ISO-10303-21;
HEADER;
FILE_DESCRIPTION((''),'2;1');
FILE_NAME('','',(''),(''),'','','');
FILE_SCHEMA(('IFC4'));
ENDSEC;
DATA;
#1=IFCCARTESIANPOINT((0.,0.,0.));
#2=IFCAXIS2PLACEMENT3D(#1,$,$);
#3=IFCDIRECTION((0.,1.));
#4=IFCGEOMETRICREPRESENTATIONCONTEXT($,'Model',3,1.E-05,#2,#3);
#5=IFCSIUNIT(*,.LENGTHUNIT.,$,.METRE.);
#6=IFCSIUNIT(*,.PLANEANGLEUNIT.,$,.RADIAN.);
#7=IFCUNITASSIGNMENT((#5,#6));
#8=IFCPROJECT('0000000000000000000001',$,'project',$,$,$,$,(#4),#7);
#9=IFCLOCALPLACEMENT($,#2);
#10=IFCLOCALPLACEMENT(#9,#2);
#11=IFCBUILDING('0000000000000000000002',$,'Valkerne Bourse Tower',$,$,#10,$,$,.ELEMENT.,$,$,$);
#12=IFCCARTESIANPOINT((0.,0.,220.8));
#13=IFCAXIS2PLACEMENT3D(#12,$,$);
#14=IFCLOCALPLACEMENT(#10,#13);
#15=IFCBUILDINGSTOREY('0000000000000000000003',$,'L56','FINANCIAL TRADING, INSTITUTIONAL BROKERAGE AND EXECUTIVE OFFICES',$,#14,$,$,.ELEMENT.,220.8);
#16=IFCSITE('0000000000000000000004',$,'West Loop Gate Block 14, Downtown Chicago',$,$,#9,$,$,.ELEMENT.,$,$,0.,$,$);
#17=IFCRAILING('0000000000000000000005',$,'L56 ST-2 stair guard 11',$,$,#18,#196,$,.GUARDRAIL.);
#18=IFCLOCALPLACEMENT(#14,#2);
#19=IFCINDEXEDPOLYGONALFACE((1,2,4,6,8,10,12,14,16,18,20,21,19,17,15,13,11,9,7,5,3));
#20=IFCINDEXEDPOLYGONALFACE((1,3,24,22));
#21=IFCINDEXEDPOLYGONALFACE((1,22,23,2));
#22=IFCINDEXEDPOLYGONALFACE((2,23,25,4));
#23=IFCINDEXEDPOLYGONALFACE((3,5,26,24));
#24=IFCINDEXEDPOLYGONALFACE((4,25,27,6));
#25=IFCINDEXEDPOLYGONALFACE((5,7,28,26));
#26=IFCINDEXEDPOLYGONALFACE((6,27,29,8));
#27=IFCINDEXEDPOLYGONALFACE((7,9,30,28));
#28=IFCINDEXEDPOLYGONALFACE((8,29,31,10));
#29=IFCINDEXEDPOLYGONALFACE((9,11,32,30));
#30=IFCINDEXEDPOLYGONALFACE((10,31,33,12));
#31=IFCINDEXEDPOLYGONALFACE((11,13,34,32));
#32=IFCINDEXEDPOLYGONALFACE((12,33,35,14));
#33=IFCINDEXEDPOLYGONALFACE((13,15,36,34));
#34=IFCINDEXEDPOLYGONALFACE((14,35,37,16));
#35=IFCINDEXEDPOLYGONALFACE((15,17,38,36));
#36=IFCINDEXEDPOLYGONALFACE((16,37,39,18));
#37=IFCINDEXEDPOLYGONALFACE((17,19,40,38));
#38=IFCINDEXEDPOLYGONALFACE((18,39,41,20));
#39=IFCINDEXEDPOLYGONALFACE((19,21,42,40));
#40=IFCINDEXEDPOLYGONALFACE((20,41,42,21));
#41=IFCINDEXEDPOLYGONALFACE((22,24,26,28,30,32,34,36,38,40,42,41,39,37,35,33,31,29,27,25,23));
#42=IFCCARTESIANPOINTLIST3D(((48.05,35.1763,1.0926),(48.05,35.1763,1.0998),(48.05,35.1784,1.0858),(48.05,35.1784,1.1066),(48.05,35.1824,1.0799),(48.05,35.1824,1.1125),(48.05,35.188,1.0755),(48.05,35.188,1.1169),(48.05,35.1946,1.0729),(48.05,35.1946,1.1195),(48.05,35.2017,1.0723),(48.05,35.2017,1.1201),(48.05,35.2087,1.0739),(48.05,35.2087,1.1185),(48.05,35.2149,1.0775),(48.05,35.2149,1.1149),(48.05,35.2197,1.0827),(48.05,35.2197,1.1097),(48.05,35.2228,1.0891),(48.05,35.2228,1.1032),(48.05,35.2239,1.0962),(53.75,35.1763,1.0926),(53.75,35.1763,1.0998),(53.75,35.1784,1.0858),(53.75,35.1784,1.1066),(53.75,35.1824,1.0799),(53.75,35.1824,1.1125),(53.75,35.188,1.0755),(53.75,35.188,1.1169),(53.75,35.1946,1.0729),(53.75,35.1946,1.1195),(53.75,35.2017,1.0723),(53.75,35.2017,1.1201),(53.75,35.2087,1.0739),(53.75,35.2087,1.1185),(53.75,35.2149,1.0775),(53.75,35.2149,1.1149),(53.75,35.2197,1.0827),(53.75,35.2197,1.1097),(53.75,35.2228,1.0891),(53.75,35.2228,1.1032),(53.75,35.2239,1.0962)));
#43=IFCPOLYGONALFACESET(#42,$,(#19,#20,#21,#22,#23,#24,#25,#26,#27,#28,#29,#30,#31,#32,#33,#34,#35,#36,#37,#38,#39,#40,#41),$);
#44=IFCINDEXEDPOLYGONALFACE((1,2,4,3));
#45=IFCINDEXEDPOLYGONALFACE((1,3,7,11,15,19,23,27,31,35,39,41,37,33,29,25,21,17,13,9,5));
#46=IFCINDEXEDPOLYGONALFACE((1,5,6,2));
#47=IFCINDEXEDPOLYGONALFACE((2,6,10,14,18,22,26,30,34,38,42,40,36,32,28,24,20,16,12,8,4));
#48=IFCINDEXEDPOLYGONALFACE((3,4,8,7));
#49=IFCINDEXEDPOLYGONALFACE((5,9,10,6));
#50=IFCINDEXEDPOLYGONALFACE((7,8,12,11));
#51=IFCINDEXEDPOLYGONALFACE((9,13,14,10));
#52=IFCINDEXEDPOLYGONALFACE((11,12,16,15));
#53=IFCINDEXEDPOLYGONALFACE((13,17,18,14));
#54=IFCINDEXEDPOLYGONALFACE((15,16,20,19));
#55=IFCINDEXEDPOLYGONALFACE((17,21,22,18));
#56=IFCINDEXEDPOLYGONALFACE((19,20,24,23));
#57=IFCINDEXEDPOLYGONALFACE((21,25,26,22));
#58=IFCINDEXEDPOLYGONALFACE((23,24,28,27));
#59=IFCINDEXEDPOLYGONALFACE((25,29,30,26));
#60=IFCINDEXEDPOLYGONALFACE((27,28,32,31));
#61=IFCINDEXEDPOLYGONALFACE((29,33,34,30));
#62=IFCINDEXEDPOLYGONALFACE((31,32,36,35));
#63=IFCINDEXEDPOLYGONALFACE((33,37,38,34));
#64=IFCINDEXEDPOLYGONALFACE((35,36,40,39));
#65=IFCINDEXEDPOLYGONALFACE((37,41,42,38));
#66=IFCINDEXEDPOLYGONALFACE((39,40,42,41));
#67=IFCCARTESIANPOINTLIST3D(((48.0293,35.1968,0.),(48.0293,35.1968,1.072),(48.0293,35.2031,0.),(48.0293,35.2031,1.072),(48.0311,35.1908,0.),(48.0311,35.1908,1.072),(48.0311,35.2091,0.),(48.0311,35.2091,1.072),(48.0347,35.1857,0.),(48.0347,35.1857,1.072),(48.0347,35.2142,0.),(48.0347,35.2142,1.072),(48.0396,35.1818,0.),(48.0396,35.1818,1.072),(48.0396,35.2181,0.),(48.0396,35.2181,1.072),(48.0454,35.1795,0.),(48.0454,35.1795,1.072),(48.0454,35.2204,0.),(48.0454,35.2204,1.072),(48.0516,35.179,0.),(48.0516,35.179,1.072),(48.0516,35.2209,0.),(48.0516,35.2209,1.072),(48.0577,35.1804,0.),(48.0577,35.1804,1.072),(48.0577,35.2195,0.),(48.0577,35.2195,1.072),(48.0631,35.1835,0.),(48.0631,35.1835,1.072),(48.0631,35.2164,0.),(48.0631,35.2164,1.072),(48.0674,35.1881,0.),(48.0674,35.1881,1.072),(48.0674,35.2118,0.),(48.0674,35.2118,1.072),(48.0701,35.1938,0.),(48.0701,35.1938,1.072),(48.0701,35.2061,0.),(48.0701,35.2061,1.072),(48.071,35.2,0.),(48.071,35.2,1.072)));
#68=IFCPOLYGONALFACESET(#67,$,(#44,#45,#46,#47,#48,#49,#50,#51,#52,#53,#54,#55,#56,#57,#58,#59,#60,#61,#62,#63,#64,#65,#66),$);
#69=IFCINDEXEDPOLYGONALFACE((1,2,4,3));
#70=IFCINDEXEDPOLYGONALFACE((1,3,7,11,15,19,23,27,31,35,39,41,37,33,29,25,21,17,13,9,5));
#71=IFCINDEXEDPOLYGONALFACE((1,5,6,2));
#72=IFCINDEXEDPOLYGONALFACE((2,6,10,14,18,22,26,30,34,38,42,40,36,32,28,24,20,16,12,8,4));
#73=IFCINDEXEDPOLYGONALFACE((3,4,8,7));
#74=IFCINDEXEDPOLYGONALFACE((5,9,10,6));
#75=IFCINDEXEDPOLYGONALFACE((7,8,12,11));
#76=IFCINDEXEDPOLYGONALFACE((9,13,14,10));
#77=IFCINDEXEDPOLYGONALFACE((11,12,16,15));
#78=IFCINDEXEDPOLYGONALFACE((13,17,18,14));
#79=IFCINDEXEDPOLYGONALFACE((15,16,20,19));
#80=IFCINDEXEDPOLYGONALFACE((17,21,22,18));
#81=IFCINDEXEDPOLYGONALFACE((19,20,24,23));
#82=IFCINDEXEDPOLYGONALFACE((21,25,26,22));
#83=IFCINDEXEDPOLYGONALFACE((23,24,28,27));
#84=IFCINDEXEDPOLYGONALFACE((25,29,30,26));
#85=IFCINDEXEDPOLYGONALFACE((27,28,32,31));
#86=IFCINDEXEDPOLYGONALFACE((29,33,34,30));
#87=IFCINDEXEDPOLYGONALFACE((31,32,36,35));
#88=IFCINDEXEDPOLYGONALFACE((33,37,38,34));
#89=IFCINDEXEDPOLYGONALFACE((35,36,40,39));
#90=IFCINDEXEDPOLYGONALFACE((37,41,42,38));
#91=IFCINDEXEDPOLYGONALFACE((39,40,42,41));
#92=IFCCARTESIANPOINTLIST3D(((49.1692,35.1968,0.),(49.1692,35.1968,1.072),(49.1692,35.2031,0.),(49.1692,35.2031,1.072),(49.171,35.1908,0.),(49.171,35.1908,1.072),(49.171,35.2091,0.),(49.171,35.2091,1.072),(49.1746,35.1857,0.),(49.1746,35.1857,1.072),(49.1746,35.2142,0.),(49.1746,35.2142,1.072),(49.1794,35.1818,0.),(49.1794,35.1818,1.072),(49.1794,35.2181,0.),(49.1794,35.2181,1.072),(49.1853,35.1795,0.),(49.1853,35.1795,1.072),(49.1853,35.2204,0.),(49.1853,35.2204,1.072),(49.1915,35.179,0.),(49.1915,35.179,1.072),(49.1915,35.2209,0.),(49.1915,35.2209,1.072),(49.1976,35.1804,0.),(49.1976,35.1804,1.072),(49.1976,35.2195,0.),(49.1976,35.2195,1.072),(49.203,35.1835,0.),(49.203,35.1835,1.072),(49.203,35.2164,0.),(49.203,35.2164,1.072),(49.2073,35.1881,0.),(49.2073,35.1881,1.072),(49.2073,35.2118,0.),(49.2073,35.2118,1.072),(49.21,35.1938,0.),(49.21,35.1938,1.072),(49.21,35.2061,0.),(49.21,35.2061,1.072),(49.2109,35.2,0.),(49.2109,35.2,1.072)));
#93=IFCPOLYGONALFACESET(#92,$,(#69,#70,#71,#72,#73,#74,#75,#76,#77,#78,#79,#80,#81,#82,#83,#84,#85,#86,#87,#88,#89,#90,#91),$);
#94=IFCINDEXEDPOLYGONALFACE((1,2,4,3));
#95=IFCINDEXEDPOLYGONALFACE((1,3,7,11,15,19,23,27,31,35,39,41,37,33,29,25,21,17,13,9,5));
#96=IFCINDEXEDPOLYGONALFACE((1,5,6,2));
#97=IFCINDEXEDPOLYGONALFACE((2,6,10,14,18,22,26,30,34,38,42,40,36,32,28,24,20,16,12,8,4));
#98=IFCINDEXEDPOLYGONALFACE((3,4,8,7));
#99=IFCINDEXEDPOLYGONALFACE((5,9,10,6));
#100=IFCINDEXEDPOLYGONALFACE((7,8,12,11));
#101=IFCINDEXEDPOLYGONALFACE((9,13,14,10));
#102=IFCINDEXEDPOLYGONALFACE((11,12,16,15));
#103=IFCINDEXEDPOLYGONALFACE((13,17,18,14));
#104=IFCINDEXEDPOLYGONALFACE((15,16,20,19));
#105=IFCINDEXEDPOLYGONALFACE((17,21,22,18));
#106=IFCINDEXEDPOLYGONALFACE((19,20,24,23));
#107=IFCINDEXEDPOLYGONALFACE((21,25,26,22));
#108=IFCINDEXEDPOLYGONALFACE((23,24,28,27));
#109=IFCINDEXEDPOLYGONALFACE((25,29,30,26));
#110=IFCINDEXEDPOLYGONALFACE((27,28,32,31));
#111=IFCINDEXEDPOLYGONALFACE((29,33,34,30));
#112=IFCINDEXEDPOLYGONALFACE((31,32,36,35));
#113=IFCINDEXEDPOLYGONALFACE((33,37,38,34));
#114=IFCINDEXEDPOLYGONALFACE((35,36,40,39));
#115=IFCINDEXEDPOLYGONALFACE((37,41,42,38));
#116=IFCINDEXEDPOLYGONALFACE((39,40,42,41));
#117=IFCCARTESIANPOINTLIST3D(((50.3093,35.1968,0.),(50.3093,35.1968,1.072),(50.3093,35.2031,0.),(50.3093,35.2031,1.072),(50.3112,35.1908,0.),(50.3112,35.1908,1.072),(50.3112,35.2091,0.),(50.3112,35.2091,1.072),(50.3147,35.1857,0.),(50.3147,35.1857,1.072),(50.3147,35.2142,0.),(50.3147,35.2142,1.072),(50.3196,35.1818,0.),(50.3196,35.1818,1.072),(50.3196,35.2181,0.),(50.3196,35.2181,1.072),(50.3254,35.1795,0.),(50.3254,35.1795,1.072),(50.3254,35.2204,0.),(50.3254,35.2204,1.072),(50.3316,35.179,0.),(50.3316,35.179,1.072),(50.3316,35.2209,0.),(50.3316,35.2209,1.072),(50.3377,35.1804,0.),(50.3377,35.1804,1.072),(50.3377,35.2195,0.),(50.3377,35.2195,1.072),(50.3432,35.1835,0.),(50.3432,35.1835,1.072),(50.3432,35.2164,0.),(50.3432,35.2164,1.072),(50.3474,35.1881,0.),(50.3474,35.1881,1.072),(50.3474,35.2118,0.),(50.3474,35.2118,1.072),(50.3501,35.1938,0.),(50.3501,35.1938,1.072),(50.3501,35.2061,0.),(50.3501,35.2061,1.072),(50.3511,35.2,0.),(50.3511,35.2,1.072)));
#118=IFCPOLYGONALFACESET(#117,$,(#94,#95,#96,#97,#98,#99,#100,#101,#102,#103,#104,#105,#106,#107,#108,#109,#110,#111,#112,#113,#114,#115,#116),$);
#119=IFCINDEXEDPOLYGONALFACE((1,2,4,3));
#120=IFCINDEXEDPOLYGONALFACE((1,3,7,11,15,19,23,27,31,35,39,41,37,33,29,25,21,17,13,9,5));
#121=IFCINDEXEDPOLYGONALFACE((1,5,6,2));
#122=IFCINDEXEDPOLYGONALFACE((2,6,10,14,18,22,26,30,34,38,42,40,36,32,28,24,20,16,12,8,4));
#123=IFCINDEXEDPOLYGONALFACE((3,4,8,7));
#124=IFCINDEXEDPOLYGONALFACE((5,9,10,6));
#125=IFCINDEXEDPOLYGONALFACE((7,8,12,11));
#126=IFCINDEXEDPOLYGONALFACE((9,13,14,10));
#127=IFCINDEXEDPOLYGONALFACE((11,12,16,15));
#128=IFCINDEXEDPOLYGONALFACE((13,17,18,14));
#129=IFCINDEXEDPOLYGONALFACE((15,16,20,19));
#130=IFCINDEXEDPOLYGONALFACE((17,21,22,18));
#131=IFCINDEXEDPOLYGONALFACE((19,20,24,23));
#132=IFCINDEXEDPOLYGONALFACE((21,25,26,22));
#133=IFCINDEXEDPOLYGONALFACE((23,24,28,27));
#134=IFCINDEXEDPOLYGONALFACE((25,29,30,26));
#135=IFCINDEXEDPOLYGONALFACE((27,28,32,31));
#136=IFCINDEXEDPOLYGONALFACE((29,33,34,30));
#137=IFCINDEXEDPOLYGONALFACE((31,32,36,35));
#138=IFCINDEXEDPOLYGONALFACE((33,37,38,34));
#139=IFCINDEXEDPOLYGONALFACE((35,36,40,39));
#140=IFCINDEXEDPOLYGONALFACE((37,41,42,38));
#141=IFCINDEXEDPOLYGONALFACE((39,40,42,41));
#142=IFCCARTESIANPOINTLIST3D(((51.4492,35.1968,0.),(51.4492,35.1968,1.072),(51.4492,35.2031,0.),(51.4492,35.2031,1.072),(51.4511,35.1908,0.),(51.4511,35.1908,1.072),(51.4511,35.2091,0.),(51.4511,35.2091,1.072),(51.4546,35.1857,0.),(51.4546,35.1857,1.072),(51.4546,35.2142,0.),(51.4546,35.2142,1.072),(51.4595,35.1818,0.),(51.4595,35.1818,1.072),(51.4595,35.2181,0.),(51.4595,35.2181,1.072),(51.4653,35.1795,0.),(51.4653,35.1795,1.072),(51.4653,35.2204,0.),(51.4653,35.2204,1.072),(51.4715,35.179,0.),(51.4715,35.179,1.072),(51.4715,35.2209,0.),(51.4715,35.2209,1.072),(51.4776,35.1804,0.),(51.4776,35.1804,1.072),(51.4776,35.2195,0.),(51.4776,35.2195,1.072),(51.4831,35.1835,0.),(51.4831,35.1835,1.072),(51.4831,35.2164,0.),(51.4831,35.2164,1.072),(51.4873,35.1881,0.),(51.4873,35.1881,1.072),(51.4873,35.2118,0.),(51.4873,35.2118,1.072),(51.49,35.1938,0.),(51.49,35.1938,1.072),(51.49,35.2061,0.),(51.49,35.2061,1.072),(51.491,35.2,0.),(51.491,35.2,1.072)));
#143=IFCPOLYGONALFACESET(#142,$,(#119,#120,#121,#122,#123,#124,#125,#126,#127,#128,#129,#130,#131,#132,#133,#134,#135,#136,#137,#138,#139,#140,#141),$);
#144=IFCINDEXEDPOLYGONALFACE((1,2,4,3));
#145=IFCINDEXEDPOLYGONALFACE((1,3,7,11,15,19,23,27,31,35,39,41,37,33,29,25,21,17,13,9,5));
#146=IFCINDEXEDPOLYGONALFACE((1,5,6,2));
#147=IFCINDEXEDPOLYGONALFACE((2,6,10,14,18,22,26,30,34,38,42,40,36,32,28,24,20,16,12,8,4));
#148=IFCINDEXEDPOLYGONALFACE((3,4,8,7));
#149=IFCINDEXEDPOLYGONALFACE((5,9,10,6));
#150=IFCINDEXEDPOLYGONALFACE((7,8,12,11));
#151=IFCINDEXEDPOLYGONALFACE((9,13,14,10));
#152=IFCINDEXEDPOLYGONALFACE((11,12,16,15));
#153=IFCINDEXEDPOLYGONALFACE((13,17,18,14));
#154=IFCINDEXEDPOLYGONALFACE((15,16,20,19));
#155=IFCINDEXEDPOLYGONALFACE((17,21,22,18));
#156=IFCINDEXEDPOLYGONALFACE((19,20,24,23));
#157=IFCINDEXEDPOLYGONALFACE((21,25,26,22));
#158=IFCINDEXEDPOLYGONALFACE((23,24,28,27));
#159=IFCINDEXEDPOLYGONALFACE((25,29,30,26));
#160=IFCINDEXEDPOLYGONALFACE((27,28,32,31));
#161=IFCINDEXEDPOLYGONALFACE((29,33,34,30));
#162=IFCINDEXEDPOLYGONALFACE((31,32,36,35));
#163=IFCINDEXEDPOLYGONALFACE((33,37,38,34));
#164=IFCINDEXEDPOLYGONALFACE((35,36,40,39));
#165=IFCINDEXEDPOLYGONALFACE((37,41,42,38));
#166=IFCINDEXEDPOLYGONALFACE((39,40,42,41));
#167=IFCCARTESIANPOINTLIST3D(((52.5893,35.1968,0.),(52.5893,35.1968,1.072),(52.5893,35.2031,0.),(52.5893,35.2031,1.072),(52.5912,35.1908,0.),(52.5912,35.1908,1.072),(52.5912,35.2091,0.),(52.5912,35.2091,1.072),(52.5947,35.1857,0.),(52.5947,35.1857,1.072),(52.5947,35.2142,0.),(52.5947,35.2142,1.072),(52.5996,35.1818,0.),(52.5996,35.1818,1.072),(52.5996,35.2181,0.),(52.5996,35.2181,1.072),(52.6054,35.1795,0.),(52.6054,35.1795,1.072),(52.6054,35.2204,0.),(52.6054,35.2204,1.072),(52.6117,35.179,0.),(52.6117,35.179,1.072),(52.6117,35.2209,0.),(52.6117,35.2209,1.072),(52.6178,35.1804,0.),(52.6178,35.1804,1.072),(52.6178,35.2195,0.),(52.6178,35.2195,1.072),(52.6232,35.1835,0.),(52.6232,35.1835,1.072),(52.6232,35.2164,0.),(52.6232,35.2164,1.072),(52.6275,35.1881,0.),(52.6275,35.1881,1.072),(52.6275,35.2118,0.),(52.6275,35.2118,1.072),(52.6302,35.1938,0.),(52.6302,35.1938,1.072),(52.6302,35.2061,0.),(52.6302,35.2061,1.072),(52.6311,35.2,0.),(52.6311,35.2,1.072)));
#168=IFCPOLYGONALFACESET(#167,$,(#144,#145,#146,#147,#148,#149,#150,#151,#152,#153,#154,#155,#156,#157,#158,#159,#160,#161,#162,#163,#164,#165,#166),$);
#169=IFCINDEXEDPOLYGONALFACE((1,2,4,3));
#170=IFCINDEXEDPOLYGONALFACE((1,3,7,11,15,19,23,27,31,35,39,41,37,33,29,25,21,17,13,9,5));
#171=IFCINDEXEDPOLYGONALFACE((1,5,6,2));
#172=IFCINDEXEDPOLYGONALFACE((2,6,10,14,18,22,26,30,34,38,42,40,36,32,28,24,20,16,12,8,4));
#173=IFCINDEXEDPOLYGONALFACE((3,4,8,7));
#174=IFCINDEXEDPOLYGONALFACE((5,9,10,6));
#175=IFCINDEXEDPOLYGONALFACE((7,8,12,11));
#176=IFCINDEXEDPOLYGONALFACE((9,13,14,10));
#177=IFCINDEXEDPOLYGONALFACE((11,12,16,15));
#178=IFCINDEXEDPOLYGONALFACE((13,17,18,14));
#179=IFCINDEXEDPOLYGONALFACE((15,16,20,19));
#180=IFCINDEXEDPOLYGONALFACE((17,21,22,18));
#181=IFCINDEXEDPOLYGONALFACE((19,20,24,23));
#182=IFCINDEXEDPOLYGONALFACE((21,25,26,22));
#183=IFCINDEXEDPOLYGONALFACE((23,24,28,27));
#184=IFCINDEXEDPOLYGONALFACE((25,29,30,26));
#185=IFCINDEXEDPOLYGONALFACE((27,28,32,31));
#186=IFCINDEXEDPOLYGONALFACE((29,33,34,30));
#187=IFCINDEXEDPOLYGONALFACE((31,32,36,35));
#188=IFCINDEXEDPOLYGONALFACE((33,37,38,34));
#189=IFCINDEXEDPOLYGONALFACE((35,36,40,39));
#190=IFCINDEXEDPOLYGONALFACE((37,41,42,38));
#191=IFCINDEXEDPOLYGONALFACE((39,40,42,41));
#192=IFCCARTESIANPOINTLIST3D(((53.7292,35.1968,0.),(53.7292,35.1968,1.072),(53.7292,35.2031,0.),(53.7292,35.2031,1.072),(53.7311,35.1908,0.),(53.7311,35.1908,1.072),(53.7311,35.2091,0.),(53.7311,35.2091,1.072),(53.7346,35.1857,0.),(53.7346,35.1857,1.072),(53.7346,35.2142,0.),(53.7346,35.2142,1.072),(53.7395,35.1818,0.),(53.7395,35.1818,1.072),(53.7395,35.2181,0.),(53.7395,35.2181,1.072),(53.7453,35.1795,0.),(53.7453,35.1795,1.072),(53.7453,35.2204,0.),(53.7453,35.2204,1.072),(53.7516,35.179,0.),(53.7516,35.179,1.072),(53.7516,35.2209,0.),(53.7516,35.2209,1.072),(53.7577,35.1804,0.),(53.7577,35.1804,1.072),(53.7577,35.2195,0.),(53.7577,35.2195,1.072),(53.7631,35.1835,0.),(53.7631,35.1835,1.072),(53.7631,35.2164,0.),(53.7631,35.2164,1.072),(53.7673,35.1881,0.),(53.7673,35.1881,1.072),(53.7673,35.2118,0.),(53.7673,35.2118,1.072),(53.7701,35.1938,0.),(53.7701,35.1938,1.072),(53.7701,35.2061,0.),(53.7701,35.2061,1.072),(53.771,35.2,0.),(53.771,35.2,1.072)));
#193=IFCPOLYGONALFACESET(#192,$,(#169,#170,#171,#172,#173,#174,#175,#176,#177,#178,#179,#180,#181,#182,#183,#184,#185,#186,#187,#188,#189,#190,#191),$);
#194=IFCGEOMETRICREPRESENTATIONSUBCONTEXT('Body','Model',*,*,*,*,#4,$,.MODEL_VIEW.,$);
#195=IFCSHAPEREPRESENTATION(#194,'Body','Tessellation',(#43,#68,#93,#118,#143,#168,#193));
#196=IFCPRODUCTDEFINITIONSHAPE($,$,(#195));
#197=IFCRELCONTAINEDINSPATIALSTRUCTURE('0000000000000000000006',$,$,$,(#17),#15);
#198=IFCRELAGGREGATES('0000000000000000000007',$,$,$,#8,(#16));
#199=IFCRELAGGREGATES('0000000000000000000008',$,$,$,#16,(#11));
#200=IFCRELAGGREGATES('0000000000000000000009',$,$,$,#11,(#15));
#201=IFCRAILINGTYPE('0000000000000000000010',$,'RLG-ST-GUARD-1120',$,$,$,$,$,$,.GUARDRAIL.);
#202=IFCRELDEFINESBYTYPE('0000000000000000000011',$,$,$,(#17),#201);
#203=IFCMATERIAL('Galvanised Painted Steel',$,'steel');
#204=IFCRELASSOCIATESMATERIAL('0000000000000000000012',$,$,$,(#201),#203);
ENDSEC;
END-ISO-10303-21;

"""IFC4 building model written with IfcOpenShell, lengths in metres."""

from ifc_helpers import new_model, si_unit, direction, frame, origin, origin_2d, place, context, subcontext, project, spatial, circle, extrude, material, type_object, element, save


model = new_model("IFC4")

# Units and contexts
model_context = context("Model", 3, precision=1e-05, world=origin(), true_north=direction((0.0, 1.0)))
body_context = subcontext(model_context, "Body", "Model", "MODEL_VIEW")
ifc_project = project(units=[si_unit("LENGTHUNIT", "METRE"), si_unit("PLANEANGLEUNIT", "RADIAN")], contexts=[model_context])

# Site, building, storey
site_placement = place(None, origin())
site = spatial("IfcSite", under=ifc_project, at=site_placement, Name="West Loop Gate Block 14, Downtown Chicago", CompositionType="ELEMENT", RefElevation=0.0)
building_placement = place(site_placement, origin())
building = spatial("IfcBuilding", under=site, at=building_placement, Name="Valkerne Bourse Tower", CompositionType="ELEMENT")
storey_placement = place(building_placement, frame((0.0, 0.0, 220.8)))
storey = spatial("IfcBuildingStorey", under=building, at=storey_placement, Name="L56", Description="FINANCIAL TRADING, INSTITUTIONAL BROKERAGE AND EXECUTIVE OFFICES", CompositionType="ELEMENT", Elevation=220.8)

# Shared definitions
ifc_material_1 = material(Name="Galvanised Painted Steel", Category="steel")

# Railing
railing_type_1 = type_object("IfcRailingType", Name="RLG-ST-GUARD-1120", PredefinedType="GUARDRAIL", material=ifc_material_1)
for number, where, name in (
    (1, (48.05, 35.2, 0.0), "L56 ST-2 stair guard 11"),
):
    element("IfcRailing", number, at=place(storey_placement, frame(where)), inside=storey, type_object=railing_type_1, Name=name, PredefinedType="GUARDRAIL", context=body_context, shape_type="SweptSolid", body=[
        extrude(circle(Radius=0.0239, at=origin_2d()), frame((0.0, 0.0, 1.0962), z_axis=(1.0, 0.0, 0.0), x_axis=(0.0, 1.0, 0.0)), (0.0, 0.0, 1.0), 5.7),
        extrude(circle(Radius=0.021, at=origin_2d()), origin(), (0.0, 0.0, 1.0), 1.072),
        extrude(circle(Radius=0.021, at=origin_2d()), frame((1.1399, 0.0, 0.0)), (0.0, 0.0, 1.0), 1.072),
        extrude(circle(Radius=0.021, at=origin_2d()), frame((2.28, 0.0, 0.0)), (0.0, 0.0, 1.0), 1.072),
        extrude(circle(Radius=0.021, at=origin_2d()), frame((3.4199, 0.0, 0.0)), (0.0, 0.0, 1.0), 1.072),
        extrude(circle(Radius=0.021, at=origin_2d()), frame((4.5601, 0.0, 0.0)), (0.0, 0.0, 1.0), 1.072),
        extrude(circle(Radius=0.021, at=origin_2d()), frame((5.7, 0.0, 0.0)), (0.0, 0.0, 1.0), 1.072),
    ])

save(model, "model.ifc")
